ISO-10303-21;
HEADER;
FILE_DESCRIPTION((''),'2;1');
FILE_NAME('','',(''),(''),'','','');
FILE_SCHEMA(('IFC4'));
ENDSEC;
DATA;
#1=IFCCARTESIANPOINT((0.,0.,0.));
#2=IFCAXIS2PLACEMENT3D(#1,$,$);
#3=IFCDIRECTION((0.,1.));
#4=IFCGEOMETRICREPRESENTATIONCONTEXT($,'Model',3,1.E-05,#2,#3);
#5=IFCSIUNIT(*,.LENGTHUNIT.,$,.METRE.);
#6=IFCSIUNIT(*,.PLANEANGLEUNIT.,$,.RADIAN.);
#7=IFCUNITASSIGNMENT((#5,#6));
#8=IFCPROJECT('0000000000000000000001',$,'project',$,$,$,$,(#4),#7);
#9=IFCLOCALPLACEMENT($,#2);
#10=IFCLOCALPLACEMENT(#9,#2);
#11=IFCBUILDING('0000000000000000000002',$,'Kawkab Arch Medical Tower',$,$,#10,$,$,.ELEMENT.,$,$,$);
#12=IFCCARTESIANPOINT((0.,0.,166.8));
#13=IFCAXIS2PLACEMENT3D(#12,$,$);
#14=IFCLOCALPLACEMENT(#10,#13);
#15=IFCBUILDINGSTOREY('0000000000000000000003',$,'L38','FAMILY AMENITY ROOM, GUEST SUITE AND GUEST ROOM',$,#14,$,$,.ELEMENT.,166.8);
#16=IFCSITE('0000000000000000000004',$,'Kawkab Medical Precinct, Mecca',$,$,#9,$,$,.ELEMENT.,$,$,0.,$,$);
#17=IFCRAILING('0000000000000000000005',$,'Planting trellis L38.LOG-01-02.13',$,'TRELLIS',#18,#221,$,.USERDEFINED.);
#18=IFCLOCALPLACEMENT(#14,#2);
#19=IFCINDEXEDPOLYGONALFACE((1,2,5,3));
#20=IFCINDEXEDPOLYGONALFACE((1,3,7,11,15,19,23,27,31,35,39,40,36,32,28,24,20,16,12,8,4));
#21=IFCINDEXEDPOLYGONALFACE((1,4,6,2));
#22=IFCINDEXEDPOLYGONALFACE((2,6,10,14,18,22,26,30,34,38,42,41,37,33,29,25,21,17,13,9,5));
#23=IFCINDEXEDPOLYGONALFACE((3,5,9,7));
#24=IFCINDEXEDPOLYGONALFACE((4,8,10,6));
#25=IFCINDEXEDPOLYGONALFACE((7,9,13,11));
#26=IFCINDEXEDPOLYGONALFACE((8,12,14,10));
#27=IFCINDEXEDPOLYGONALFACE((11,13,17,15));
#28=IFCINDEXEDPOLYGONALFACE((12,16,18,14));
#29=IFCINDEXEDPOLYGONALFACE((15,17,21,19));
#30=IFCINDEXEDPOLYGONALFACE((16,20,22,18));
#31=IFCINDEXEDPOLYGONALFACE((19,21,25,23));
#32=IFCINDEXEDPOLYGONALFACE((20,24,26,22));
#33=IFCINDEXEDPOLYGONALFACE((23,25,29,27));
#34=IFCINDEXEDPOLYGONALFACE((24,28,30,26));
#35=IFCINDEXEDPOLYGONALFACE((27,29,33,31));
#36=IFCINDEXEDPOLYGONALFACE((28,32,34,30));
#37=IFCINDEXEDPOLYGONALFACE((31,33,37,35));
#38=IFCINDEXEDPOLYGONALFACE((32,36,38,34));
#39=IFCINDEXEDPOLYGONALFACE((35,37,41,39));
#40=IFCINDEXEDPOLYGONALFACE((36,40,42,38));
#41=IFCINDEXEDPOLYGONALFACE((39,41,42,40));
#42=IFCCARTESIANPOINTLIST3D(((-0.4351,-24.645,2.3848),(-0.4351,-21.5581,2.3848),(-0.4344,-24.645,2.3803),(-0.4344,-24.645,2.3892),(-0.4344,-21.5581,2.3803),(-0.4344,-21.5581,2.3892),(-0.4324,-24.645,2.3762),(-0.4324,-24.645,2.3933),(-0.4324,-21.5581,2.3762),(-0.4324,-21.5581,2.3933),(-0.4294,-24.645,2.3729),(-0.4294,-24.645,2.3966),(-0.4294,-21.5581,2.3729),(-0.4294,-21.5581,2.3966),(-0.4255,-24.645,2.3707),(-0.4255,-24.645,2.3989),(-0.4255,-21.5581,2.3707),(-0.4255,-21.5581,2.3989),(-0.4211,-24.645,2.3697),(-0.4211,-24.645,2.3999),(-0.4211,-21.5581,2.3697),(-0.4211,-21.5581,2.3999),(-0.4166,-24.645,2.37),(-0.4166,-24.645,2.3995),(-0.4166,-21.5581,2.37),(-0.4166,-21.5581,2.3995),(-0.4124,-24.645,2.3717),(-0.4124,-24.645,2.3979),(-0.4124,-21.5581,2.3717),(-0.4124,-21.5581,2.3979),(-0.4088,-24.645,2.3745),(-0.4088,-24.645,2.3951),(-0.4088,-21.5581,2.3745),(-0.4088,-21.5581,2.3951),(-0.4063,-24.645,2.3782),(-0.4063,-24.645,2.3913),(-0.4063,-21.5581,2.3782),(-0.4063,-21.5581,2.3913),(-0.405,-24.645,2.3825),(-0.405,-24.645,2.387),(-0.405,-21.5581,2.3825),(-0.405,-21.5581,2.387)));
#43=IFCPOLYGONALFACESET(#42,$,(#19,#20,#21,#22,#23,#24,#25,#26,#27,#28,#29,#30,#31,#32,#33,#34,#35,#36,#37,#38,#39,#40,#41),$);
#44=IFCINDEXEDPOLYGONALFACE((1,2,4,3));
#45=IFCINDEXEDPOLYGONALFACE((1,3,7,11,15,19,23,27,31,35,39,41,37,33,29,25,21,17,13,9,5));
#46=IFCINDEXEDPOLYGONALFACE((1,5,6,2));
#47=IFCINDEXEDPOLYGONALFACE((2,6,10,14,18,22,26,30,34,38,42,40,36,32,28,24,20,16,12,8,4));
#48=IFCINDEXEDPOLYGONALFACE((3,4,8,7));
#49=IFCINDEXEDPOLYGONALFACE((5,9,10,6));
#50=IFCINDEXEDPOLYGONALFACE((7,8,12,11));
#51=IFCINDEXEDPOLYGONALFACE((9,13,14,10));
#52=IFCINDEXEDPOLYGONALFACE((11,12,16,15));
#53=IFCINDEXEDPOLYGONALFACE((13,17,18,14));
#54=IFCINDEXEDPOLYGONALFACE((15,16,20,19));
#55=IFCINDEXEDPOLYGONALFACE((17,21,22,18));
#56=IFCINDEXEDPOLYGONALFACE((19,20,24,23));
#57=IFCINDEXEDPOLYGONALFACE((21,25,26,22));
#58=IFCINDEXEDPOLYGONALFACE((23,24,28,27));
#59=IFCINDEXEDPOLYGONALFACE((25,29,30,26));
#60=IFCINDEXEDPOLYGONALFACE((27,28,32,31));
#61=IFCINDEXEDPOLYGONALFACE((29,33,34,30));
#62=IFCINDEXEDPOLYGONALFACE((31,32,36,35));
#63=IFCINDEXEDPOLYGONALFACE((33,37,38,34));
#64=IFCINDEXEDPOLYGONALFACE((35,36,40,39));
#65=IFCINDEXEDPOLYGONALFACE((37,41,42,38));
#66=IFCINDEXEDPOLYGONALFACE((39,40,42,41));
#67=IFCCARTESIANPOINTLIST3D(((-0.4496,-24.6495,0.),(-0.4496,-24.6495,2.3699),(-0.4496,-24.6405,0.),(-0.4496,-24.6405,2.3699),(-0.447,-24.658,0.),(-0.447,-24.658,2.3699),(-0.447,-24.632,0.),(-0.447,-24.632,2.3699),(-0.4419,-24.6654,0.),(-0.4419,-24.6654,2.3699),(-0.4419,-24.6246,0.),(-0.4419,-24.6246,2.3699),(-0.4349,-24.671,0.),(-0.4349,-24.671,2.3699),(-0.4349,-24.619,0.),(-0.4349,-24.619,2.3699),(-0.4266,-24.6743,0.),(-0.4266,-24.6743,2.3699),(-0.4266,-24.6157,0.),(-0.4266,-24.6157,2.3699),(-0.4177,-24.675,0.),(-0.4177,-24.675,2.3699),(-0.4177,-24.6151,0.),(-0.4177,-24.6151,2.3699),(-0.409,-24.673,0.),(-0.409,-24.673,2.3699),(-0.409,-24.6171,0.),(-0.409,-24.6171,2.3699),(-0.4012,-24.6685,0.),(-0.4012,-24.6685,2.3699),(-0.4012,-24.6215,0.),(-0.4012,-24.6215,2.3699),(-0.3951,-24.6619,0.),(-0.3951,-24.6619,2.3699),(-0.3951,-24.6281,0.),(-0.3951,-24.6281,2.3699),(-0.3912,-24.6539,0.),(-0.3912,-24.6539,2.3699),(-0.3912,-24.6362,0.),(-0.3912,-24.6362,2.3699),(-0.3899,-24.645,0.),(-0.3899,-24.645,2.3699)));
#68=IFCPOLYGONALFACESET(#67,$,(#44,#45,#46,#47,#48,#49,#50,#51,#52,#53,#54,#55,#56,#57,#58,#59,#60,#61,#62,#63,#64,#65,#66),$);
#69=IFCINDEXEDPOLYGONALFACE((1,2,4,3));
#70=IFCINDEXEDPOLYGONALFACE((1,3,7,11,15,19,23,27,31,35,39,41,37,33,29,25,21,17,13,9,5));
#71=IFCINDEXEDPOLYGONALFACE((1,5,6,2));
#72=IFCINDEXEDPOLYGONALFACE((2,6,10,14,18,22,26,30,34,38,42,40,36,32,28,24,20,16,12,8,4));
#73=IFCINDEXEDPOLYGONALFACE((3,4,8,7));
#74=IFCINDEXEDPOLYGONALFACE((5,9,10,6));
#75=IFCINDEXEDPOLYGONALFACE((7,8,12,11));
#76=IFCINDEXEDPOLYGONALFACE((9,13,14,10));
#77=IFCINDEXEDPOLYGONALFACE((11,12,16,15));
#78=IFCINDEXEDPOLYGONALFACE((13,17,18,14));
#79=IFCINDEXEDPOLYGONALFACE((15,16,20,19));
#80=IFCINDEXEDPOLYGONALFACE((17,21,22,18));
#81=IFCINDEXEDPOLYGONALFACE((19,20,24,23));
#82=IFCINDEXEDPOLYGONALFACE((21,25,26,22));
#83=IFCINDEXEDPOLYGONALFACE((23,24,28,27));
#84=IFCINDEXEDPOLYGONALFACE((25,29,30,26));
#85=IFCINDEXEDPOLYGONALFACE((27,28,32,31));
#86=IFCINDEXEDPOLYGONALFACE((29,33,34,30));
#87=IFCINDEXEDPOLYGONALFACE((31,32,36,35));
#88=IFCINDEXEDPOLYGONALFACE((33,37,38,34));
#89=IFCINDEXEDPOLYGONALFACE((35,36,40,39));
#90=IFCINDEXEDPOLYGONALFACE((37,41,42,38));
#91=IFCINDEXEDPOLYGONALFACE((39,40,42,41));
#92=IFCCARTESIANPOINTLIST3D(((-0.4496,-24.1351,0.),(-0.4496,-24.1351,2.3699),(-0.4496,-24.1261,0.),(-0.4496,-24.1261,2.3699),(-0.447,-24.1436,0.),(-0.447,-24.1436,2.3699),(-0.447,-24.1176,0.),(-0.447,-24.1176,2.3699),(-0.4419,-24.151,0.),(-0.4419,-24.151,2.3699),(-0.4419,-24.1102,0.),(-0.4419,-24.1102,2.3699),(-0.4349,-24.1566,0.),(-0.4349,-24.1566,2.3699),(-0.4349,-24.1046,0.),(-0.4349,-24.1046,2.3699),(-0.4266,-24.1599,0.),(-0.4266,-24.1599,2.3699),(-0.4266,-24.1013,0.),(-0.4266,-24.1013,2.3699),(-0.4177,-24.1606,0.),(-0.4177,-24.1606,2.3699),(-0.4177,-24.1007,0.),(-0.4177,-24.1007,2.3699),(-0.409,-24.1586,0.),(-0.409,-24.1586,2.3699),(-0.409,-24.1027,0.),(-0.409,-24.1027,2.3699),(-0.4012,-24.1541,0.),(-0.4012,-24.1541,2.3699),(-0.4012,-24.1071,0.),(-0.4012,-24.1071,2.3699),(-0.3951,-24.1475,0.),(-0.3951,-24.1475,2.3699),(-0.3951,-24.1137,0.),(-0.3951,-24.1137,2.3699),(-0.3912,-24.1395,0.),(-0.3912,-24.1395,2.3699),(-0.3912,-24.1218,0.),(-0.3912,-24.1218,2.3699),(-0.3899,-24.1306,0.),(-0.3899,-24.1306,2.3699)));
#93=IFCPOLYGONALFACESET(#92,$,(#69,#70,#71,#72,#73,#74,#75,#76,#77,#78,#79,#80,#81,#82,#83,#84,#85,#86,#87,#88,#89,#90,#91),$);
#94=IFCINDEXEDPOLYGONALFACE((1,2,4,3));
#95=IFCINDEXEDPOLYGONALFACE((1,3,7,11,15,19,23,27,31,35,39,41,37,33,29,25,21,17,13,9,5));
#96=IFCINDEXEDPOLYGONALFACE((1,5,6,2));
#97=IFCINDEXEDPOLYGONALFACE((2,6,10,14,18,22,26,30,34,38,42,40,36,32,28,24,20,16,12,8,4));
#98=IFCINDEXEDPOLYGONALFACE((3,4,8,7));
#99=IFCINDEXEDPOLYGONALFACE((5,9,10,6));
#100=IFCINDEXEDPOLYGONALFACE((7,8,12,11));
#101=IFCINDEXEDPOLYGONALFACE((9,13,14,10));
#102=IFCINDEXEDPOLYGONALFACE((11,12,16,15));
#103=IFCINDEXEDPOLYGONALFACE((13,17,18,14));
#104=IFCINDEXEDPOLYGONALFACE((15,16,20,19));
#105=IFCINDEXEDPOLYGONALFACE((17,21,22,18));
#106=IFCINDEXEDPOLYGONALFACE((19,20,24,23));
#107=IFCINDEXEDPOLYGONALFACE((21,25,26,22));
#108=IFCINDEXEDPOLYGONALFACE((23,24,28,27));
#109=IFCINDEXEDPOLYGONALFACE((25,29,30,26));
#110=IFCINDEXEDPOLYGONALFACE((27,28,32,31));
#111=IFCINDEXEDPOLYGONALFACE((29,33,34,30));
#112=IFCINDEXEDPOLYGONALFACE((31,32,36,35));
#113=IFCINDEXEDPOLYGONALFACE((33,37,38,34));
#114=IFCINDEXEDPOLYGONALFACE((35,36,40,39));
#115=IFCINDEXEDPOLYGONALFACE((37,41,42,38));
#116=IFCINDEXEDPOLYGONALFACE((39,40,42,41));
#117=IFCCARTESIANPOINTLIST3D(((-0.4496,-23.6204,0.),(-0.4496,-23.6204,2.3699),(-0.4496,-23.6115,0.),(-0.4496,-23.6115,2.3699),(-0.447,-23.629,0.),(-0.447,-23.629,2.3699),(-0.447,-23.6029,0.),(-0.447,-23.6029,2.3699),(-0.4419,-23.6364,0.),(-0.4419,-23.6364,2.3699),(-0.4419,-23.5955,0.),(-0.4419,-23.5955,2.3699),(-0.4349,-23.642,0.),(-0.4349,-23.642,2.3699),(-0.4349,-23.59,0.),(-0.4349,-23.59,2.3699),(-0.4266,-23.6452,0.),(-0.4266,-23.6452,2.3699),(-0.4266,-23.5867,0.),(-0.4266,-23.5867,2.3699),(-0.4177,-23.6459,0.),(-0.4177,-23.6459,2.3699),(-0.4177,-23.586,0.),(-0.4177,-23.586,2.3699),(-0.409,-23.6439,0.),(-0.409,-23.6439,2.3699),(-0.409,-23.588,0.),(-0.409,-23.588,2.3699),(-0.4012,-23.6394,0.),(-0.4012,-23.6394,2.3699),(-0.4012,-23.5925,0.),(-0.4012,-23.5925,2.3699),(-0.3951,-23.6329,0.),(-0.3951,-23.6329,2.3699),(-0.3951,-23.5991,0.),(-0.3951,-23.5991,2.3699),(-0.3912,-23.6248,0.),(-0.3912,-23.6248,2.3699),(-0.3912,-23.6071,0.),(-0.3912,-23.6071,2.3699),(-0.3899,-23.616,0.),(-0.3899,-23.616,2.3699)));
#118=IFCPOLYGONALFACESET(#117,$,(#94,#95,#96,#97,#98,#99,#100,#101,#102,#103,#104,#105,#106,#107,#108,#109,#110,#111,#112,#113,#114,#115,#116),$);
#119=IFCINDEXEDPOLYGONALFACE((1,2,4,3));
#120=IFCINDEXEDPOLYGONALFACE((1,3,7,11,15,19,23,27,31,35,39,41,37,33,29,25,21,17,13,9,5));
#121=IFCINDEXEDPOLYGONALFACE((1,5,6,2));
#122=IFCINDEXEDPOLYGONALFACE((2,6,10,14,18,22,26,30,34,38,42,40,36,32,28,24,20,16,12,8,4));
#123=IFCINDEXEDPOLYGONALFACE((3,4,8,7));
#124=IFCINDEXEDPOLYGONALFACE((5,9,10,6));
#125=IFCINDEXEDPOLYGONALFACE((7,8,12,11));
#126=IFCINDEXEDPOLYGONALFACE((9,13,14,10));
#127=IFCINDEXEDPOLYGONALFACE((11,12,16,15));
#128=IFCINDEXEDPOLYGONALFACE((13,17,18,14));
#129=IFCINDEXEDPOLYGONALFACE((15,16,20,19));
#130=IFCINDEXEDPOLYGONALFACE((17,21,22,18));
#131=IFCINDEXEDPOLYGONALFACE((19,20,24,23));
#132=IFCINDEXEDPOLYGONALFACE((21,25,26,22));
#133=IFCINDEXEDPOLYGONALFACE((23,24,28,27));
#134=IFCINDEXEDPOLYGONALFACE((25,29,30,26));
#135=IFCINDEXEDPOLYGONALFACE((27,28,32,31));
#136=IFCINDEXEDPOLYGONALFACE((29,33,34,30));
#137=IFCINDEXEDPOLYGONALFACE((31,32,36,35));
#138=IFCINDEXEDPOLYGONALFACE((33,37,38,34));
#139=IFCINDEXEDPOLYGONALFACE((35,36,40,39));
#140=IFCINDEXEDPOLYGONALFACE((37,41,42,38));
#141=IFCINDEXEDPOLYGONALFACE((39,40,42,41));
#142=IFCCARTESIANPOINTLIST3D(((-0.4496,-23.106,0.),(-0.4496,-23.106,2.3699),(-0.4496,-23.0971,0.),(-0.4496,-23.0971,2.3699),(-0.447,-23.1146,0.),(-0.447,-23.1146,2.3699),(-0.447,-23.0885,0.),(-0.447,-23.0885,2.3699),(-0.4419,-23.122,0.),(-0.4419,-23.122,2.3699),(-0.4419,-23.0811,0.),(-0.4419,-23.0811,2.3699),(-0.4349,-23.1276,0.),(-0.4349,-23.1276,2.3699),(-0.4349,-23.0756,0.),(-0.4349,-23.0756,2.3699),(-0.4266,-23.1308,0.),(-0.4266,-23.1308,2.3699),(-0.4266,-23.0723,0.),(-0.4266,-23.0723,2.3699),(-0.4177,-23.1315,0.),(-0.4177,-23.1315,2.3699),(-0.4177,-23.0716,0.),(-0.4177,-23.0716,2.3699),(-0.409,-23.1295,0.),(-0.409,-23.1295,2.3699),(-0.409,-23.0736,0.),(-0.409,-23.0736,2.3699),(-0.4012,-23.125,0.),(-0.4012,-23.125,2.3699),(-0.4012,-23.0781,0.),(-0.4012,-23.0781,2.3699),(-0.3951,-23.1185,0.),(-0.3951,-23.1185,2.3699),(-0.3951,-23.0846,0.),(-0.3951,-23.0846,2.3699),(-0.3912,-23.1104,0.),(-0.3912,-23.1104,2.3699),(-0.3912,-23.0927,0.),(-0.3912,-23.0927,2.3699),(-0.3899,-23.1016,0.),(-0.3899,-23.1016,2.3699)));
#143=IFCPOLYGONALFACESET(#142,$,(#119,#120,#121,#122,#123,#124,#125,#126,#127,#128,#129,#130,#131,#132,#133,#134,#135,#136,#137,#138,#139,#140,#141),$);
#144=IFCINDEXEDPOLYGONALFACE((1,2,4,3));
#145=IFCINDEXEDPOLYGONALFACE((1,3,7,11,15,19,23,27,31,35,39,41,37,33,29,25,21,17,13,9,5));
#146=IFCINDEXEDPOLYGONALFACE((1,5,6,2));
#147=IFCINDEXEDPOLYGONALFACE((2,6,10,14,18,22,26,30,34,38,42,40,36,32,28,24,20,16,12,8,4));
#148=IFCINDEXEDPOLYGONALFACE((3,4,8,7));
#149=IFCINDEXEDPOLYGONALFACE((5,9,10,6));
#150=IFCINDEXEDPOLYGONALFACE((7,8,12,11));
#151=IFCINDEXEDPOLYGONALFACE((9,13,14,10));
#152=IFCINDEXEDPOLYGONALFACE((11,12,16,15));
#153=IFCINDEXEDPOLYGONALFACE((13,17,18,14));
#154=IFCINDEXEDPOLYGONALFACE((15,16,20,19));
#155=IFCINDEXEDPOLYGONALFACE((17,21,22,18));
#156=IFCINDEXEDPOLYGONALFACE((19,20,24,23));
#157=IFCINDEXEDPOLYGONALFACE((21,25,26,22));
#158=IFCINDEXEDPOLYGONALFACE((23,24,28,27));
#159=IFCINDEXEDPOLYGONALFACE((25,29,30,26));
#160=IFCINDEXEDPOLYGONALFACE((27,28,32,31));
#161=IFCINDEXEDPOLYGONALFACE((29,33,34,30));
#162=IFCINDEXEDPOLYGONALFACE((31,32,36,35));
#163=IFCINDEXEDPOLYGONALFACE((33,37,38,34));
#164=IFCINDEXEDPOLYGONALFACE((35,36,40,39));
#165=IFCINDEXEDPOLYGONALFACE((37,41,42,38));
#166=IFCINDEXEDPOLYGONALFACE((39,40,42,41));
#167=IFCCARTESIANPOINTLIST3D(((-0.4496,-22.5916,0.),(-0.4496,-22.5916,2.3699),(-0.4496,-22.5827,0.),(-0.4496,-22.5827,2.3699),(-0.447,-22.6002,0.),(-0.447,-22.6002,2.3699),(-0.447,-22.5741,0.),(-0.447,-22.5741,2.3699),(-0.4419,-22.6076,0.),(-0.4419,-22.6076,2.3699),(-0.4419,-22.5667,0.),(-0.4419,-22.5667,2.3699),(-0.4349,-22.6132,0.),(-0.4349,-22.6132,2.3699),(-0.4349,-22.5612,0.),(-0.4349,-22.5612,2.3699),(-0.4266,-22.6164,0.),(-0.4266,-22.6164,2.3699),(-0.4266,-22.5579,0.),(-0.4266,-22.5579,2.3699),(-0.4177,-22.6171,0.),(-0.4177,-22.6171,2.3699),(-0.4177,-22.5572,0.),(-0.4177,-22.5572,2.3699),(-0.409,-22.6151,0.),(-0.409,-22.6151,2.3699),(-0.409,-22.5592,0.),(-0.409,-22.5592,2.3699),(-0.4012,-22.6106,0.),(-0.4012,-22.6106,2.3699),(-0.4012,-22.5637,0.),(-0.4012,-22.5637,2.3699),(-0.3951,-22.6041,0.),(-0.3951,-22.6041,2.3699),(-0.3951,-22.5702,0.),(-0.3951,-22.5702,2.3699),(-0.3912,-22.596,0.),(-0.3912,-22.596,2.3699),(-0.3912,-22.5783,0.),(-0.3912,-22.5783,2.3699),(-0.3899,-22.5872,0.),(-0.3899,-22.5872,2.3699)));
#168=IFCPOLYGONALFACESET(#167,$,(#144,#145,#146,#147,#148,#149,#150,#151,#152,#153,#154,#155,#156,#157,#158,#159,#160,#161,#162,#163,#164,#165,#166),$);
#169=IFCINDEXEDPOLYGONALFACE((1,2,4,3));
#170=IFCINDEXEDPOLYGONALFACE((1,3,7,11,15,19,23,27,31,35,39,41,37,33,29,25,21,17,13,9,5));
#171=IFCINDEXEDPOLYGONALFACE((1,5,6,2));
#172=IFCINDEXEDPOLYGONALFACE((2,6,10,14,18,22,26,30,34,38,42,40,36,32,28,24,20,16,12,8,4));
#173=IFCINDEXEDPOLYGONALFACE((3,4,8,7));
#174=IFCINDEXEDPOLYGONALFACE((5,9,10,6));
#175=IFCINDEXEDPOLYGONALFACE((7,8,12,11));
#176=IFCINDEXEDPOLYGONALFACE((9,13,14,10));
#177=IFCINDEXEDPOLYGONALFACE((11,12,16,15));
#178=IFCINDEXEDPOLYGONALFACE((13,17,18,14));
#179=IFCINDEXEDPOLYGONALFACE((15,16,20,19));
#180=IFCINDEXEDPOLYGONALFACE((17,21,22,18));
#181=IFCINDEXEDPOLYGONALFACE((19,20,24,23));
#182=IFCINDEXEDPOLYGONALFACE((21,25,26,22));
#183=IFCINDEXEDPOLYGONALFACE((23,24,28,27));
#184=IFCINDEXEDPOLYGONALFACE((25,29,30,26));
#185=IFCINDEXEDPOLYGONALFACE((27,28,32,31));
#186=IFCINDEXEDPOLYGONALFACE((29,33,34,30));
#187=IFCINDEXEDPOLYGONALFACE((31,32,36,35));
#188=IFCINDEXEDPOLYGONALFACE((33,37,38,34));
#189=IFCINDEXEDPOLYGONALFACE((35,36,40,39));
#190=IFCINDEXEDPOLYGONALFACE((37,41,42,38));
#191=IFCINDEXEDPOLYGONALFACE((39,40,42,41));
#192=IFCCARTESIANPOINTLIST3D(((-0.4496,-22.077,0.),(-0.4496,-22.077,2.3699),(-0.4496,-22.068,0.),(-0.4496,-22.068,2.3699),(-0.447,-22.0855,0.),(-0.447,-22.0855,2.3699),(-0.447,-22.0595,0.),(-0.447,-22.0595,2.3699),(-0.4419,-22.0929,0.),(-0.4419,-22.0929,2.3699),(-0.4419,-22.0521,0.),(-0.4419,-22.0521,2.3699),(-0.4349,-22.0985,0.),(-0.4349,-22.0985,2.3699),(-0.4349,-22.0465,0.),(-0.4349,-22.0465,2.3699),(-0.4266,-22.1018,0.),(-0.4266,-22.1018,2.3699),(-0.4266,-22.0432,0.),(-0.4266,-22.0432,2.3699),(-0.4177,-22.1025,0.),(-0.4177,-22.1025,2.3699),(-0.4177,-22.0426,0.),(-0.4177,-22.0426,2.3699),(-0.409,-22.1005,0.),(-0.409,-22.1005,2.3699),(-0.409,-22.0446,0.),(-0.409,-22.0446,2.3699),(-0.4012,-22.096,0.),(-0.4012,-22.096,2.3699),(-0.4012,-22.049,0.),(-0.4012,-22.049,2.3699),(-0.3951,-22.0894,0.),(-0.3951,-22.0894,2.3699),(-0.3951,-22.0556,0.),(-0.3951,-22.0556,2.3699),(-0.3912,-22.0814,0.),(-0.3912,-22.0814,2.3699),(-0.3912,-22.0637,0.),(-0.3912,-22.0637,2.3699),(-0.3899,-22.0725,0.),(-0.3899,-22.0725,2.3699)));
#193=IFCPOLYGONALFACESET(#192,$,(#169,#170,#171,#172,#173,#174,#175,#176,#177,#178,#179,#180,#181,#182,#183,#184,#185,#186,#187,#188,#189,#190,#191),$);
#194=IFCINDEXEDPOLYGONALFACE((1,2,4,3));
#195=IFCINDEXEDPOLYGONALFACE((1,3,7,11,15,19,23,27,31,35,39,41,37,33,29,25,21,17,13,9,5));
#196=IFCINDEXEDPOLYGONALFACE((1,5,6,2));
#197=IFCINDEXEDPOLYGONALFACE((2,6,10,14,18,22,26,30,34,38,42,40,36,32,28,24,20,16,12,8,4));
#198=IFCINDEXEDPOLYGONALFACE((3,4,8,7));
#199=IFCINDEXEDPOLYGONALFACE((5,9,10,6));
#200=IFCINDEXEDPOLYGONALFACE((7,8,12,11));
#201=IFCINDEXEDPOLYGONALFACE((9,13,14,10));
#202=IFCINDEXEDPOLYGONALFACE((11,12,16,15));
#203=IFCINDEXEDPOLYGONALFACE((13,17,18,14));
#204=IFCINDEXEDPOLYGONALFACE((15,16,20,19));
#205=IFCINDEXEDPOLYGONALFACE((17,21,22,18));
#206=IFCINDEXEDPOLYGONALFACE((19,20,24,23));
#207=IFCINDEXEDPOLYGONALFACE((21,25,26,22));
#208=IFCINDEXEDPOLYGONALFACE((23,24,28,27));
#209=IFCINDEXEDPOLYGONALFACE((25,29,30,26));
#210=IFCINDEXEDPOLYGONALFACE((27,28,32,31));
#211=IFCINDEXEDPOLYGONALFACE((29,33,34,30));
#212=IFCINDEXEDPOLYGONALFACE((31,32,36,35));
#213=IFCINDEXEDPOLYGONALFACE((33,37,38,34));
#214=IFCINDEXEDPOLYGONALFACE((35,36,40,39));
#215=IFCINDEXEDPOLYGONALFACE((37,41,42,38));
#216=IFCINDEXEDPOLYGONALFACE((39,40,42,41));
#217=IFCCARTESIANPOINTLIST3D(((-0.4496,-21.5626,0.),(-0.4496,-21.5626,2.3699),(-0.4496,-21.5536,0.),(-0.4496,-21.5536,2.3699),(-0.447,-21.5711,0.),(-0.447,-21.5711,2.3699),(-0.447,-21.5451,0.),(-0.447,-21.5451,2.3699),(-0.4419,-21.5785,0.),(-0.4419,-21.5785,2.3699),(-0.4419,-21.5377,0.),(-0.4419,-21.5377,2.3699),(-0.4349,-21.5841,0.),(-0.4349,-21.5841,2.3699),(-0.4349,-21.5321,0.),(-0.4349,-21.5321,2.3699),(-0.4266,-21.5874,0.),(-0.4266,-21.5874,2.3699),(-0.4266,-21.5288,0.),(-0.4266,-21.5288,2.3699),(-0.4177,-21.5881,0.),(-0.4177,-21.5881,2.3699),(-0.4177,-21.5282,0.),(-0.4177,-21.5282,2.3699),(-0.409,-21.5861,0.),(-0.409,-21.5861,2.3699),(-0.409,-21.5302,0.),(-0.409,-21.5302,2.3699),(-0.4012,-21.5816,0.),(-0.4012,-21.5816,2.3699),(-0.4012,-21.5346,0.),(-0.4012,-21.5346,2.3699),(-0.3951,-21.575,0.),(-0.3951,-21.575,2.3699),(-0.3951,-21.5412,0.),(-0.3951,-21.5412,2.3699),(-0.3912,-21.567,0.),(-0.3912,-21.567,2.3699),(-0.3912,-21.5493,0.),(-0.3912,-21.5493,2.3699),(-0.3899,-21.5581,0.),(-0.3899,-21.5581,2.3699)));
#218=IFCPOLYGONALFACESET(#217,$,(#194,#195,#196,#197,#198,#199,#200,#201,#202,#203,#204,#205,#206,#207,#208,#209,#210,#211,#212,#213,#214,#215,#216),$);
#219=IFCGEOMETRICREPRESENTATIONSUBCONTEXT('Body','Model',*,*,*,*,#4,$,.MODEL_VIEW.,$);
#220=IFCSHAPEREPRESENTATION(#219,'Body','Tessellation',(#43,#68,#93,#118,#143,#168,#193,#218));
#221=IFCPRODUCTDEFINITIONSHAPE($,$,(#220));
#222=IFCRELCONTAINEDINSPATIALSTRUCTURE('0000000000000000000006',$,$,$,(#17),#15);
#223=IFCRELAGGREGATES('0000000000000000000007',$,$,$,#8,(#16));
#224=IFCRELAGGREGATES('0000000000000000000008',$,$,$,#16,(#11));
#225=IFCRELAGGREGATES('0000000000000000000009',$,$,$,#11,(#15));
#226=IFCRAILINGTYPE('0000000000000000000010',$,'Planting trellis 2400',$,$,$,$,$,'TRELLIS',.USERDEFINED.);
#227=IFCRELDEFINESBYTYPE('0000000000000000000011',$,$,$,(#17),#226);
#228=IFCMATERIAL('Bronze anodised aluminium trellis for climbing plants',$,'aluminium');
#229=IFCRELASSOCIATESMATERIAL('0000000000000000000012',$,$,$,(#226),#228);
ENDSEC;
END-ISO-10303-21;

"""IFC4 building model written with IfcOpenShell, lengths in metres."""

from ifc_helpers import new_model, si_unit, direction, frame, origin, origin_2d, place, context, subcontext, project, spatial, circle, extrude, material, type_object, element, save


model = new_model("IFC4")

# Units and contexts
model_context = context("Model", 3, precision=1e-05, world=origin(), true_north=direction((0.0, 1.0)))
body_context = subcontext(model_context, "Body", "Model", "MODEL_VIEW")
ifc_project = project(units=[si_unit("LENGTHUNIT", "METRE"), si_unit("PLANEANGLEUNIT", "RADIAN")], contexts=[model_context])

# Site, building, storey
site_placement = place(None, origin())
site = spatial("IfcSite", under=ifc_project, at=site_placement, Name="Kawkab Medical Precinct, Mecca", CompositionType="ELEMENT", RefElevation=0.0)
building_placement = place(site_placement, origin())
building = spatial("IfcBuilding", under=site, at=building_placement, Name="Kawkab Arch Medical Tower", CompositionType="ELEMENT")
storey_placement = place(building_placement, frame((0.0, 0.0, 166.8)))
storey = spatial("IfcBuildingStorey", under=building, at=storey_placement, Name="L38", Description="FAMILY AMENITY ROOM, GUEST SUITE AND GUEST ROOM", CompositionType="ELEMENT", Elevation=166.8)

# Railing
ifc_material_1 = material(Name="Bronze anodised aluminium trellis for climbing plants", Category="aluminium")
railing_type = type_object("IfcRailingType", Name="Planting trellis 2400", ElementType="TRELLIS", PredefinedType="USERDEFINED", material=ifc_material_1)
railing_1_placement = place(storey_placement, frame((-0.4199, -24.645, 0.0)))
element("IfcRailing", 1, at=railing_1_placement, inside=storey, type_object=railing_type, Name="Planting trellis L38.LOG-01-02.13", ObjectType="TRELLIS", PredefinedType="USERDEFINED", context=body_context, shape_type="SweptSolid", body=[
    extrude(circle(Radius=0.0151, at=origin_2d()), frame((0.0, 0.0, 2.3848), z_axis=(0.0, 1.0, 0.0), x_axis=(-1.0, 0.0, 0.0)), (0.0, 0.0, 1.0), 3.0869),
    extrude(circle(Radius=0.03, at=origin_2d()), origin(), (0.0, 0.0, 1.0), 2.3699),
    extrude(circle(Radius=0.03, at=origin_2d()), frame((0.0, 0.5144, 0.0)), (0.0, 0.0, 1.0), 2.3699),
    extrude(circle(Radius=0.03, at=origin_2d()), frame((0.0, 1.0291, 0.0)), (0.0, 0.0, 1.0), 2.3699),
    extrude(circle(Radius=0.03, at=origin_2d()), frame((0.0, 1.5435, 0.0)), (0.0, 0.0, 1.0), 2.3699),
    extrude(circle(Radius=0.03, at=origin_2d()), frame((0.0, 2.0579, 0.0)), (0.0, 0.0, 1.0), 2.3699),
    extrude(circle(Radius=0.03, at=origin_2d()), frame((0.0, 2.5725, 0.0)), (0.0, 0.0, 1.0), 2.3699),
    extrude(circle(Radius=0.03, at=origin_2d()), frame((0.0, 3.0869, 0.0)), (0.0, 0.0, 1.0), 2.3699),
])

save(model, "model.ifc")
